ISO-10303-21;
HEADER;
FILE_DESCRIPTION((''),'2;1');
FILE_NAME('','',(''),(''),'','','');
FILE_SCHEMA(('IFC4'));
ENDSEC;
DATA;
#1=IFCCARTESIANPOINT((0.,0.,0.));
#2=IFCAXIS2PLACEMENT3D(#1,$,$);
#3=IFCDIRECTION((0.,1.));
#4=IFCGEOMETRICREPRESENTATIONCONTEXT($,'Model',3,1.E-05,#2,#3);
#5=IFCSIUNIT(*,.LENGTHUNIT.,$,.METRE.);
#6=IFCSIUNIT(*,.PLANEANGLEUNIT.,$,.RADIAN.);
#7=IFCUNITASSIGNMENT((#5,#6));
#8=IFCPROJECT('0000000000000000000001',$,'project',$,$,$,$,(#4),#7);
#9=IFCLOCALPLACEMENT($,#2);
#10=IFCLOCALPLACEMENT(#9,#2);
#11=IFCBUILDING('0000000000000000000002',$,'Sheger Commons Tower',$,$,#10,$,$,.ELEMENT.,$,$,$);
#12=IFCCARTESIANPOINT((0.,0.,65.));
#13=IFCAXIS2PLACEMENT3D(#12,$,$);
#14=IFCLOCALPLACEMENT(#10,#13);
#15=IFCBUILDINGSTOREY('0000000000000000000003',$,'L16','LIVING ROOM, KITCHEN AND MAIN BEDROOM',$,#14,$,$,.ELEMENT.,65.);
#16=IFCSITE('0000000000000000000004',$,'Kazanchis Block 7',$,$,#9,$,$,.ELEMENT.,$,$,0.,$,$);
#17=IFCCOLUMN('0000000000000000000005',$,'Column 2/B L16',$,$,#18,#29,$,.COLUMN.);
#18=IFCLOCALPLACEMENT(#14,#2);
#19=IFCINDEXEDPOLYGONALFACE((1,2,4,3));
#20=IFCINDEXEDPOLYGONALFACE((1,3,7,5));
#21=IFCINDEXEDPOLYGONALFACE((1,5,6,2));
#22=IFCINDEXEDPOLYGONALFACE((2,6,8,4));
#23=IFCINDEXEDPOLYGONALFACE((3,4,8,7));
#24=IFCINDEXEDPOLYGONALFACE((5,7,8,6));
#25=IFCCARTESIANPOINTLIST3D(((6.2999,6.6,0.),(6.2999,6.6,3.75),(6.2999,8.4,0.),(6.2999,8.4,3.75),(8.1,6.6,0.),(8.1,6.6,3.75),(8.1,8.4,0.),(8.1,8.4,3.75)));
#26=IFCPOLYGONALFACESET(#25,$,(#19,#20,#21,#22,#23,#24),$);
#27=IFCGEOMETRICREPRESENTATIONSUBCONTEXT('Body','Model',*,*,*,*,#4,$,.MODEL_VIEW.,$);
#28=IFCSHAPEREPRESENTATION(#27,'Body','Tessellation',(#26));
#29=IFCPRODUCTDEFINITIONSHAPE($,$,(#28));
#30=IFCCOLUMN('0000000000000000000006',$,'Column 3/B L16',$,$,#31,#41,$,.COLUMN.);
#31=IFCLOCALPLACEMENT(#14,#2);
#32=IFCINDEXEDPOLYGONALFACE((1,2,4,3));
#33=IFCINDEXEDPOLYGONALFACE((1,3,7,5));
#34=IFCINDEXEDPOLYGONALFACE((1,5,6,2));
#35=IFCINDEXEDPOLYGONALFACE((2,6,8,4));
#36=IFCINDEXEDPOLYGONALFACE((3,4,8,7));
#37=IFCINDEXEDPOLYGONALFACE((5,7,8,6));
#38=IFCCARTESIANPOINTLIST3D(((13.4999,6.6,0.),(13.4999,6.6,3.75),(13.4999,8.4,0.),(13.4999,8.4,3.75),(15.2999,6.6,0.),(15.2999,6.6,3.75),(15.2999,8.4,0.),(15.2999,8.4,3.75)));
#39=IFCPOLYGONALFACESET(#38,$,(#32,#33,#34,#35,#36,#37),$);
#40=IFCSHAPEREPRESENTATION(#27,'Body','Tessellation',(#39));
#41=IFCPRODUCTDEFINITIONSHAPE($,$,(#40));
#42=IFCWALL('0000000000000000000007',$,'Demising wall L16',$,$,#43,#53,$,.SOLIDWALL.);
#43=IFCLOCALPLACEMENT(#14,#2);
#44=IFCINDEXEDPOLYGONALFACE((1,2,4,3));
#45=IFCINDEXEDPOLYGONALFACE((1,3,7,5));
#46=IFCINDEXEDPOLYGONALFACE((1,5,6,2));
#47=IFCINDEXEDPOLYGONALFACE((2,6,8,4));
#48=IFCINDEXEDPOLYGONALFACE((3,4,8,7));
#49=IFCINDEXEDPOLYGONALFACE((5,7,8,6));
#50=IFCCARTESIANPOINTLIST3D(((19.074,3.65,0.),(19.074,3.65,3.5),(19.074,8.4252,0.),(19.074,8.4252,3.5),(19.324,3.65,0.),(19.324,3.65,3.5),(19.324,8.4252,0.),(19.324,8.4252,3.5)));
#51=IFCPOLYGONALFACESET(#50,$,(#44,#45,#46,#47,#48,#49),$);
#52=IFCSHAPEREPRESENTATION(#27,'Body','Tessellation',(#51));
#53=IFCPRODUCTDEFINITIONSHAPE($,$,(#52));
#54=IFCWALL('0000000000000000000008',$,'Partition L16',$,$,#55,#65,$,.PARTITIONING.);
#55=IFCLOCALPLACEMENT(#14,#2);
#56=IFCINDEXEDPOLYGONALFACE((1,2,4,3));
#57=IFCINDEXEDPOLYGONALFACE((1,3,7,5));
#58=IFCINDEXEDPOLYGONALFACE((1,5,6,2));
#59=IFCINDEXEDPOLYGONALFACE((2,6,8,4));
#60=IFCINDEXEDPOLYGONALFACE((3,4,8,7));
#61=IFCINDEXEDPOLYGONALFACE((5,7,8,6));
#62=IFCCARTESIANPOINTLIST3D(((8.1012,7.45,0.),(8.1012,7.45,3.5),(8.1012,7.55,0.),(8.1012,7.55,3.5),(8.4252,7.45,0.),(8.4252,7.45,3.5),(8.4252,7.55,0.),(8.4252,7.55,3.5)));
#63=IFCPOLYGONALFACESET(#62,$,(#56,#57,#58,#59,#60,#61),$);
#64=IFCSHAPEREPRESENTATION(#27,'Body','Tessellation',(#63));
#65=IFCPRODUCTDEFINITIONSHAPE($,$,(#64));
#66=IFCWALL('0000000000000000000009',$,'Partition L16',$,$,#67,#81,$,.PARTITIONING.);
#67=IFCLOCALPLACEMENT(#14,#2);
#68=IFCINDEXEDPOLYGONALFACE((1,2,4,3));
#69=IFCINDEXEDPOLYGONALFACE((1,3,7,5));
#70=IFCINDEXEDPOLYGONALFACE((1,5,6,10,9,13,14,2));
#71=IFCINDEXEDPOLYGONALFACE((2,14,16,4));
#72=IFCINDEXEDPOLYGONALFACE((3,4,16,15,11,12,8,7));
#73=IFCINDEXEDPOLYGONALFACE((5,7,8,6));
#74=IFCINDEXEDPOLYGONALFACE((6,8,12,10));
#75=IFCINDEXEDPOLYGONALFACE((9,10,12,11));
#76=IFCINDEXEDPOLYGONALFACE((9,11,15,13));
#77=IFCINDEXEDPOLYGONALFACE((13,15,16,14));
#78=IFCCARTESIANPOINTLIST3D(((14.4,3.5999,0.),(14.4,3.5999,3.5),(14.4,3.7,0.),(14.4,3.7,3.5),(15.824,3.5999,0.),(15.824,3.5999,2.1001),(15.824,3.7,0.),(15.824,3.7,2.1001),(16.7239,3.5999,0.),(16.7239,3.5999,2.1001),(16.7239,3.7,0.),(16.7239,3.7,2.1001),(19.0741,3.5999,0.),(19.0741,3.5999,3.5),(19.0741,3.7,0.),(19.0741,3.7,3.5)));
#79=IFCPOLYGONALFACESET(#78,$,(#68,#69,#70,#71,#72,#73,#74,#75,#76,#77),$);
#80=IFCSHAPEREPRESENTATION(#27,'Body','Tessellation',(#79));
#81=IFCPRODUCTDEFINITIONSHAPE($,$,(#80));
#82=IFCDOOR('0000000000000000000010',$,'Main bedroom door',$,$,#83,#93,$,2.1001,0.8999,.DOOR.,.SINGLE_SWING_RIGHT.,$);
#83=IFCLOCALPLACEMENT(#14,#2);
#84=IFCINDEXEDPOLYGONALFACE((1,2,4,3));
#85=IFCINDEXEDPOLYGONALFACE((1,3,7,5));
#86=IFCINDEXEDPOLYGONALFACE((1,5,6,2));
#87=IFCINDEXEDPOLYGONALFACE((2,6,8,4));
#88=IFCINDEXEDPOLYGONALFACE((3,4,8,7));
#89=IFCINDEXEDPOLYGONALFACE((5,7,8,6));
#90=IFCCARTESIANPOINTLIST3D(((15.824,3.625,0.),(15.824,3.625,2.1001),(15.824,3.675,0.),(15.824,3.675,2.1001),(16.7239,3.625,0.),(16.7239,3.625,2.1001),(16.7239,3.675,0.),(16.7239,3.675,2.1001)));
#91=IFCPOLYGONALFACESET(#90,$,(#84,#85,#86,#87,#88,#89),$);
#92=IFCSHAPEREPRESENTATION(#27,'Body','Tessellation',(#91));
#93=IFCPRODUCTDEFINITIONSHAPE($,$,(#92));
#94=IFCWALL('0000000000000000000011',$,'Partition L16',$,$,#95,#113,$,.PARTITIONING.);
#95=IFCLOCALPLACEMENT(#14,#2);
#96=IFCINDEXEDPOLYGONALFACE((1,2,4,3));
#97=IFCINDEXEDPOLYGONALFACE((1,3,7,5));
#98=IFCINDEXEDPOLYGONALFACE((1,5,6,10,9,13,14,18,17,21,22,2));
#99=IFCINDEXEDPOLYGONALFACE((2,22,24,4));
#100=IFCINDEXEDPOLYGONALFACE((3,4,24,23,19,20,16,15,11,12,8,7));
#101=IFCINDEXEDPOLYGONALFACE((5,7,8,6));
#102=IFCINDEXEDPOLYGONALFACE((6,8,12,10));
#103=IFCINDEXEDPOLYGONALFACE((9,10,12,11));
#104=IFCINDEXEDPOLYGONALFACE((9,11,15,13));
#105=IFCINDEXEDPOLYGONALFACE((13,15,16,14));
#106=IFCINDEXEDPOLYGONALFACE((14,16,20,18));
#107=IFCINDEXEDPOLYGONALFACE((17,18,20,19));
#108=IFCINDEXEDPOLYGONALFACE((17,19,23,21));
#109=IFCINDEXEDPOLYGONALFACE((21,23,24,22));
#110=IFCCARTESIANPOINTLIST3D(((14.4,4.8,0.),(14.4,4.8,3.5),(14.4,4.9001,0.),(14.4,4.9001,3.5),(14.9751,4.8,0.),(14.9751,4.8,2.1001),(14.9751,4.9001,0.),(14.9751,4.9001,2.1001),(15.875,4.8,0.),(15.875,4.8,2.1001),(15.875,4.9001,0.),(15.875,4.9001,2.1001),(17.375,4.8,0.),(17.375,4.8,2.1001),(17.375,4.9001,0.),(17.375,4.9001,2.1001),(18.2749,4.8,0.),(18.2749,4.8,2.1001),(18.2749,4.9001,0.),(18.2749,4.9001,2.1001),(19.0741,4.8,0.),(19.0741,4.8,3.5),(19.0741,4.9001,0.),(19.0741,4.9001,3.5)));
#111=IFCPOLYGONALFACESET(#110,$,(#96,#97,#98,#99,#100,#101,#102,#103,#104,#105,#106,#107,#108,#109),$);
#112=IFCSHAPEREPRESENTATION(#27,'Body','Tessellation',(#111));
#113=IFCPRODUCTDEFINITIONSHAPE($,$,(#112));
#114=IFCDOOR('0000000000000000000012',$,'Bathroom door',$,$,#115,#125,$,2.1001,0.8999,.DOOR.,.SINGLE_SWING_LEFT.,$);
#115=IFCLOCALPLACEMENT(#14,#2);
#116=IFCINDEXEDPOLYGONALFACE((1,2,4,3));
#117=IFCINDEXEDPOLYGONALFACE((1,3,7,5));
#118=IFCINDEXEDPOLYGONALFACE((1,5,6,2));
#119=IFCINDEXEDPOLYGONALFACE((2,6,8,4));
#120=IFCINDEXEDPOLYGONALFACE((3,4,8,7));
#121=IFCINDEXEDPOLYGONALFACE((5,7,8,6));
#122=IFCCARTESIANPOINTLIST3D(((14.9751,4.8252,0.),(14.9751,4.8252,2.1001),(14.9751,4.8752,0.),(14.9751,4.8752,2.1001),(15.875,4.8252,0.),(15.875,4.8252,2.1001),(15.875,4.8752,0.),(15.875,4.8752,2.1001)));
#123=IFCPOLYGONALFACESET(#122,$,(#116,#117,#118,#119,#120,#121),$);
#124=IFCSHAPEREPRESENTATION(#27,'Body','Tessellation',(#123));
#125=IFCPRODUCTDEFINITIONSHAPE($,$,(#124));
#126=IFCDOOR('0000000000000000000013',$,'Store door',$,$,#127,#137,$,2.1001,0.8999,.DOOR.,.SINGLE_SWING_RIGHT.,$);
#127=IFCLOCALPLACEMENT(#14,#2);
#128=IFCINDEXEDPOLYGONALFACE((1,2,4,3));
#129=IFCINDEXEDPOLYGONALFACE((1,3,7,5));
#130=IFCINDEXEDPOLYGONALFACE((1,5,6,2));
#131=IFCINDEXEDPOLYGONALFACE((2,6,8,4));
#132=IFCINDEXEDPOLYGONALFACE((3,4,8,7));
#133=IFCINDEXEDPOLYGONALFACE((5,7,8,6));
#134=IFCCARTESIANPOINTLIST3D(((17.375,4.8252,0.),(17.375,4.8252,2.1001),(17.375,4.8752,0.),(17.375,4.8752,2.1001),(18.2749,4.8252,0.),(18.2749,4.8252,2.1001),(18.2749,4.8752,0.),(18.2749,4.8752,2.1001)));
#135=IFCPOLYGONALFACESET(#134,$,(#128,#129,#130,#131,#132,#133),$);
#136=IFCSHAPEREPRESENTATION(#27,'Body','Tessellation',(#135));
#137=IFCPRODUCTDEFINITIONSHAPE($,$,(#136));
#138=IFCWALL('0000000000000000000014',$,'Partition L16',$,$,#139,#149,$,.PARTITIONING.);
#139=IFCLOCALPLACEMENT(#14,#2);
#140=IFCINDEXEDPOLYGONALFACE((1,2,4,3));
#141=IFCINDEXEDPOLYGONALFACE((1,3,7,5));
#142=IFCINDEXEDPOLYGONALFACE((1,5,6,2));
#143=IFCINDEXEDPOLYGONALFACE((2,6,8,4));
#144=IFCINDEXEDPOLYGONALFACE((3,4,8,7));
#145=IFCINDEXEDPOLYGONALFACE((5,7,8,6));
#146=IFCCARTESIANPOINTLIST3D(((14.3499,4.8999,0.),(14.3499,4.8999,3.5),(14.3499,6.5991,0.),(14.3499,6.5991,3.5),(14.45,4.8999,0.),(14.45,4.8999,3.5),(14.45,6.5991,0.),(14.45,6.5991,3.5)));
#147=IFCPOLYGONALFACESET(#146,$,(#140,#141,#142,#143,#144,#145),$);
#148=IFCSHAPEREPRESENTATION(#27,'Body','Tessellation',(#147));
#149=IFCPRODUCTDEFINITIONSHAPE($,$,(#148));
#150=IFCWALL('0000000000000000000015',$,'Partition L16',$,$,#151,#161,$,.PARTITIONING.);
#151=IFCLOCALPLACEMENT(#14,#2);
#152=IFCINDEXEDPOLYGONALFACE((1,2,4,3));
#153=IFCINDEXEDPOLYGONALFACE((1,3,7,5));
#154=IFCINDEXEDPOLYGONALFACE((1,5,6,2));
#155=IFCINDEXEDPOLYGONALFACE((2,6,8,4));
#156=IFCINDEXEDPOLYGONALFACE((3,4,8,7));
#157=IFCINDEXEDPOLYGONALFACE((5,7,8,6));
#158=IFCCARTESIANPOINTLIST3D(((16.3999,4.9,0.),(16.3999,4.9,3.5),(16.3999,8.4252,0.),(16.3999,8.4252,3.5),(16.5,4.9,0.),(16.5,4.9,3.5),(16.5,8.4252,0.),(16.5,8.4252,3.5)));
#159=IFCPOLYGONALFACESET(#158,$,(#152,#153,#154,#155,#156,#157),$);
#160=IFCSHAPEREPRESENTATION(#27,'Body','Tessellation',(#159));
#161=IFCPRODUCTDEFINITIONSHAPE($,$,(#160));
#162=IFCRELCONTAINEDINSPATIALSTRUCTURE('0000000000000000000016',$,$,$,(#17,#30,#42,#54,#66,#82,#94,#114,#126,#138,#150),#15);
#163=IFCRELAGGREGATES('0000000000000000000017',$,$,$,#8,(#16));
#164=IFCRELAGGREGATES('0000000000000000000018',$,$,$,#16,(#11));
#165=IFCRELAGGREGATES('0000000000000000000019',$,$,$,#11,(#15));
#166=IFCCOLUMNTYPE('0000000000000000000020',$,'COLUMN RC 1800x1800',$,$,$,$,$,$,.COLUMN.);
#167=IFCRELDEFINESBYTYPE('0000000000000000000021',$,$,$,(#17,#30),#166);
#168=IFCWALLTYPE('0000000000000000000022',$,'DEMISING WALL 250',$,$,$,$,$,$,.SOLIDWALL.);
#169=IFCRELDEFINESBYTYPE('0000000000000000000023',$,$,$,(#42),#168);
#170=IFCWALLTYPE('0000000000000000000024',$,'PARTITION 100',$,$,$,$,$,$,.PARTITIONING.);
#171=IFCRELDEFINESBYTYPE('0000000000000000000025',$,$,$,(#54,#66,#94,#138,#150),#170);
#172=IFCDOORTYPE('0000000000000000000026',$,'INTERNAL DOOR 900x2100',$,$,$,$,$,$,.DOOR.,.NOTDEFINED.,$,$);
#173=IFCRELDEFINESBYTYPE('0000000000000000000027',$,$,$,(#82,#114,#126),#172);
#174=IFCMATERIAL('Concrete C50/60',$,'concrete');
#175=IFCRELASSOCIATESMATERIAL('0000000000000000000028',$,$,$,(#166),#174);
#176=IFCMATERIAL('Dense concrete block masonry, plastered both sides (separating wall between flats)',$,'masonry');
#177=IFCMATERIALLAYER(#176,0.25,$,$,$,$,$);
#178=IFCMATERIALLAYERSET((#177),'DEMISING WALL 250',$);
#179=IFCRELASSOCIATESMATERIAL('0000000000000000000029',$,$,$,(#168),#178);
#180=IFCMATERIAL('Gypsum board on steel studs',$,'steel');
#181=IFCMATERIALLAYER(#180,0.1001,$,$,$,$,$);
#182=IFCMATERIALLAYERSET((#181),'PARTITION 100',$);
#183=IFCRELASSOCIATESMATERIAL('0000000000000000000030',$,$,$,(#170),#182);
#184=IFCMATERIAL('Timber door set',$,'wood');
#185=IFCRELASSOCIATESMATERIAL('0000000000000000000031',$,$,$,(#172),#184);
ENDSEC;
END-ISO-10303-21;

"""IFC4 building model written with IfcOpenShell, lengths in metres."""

from ifc_helpers import new_model, si_unit, direction, frame, frame_2d, origin, origin_2d, place, context, subcontext, project, spatial, rectangle, extrude, material, layer, layer_set, material_profile, profile_set, type_object, element, fill, save


model = new_model("IFC4")

# Units and contexts
model_context = context("Model", 3, precision=1e-05, world=origin(), true_north=direction((0.0, 1.0)))
body_context = subcontext(model_context, "Body", "Model", "MODEL_VIEW")
ifc_project = project(units=[si_unit("LENGTHUNIT", "METRE"), si_unit("PLANEANGLEUNIT", "RADIAN")], contexts=[model_context])

# Site, building, storey
site_placement = place(None, origin())
site = spatial("IfcSite", under=ifc_project, at=site_placement, Name="Kazanchis Block 7", CompositionType="ELEMENT", RefElevation=0.0)
building_placement = place(site_placement, origin())
building = spatial("IfcBuilding", under=site, at=building_placement, Name="Sheger Commons Tower", CompositionType="ELEMENT")
storey_placement = place(building_placement, frame((0.0, 0.0, 65.0)))
storey = spatial("IfcBuildingStorey", under=building, at=storey_placement, Name="L16", Description="LIVING ROOM, KITCHEN AND MAIN BEDROOM", CompositionType="ELEMENT", Elevation=65.0)

# Columns
ifc_material_1 = material(Name="Concrete C50/60", Category="concrete")
ifc_material_profile = material_profile(ifc_material_1, rectangle(XDim=1.8, YDim=1.8, at=origin_2d()), Name="RC 1800x1800")
ifc_profile_set = profile_set([ifc_material_profile], Name="Concrete C50/60")
column_type = type_object("IfcColumnType", Name="COLUMN RC 1800x1800", PredefinedType="COLUMN", material=ifc_profile_set)
for number, where, z_axis, x_axis, name in (
    (1, (7.2, 7.5, 0.0), (0.0, 0.0, 1.0), (1.0, 0.0, 0.0), "Column 2/B L16"),
    (2, (14.3999, 7.5, 0.0), (0.0, 0.0, 1.0), (1.0, 0.0, 0.0), "Column 3/B L16"),
):
    element("IfcColumn", number, at=place(storey_placement, frame(where, z_axis=z_axis, x_axis=x_axis)), inside=storey, type_object=column_type, Name=name, PredefinedType="COLUMN", context=body_context, shape_type="SweptSolid", body=[
        extrude(rectangle(XDim=1.8, YDim=1.8, at=origin_2d()), origin(), (0.0, 0.0, 1.0), 3.75),
    ])

# Walls
ifc_material_2 = material(Name="Dense concrete block masonry, plastered both sides (separating wall between flats)", Category="masonry")
ifc_layer_1 = layer(ifc_material_2, 0.25)
ifc_layer_set_1 = layer_set([ifc_layer_1], Name="DEMISING WALL 250")
wall_type_1 = type_object("IfcWallType", Name="DEMISING WALL 250", PredefinedType="SOLIDWALL", material=ifc_layer_set_1)
wall_1_placement = place(storey_placement, frame((19.199, 3.6499, 0.0), z_axis=(0.0, 0.0, 1.0), x_axis=(0.0, 1.0, 0.0)))
element("IfcWall", 3, at=wall_1_placement, inside=storey, type_object=wall_type_1, Name="Demising wall L16", PredefinedType="SOLIDWALL", context=body_context, shape_type="SweptSolid", body=[
    extrude(rectangle(XDim=4.7751, YDim=0.25, at=frame_2d((2.3877, 0.0))), origin(), (0.0, 0.0, 1.0), 3.5),
])
ifc_material_3 = material(Name="Gypsum board on steel studs", Category="steel")
ifc_layer_2 = layer(ifc_material_3, 0.1001)
ifc_layer_set_2 = layer_set([ifc_layer_2], Name="PARTITION 100")
wall_type_2 = type_object("IfcWallType", Name="PARTITION 100", PredefinedType="PARTITIONING", material=ifc_layer_set_2)
wall_2_placement = place(storey_placement, frame((8.1011, 7.5, 0.0), z_axis=(0.0, 0.0, 1.0), x_axis=(1.0, 0.0, 0.0)))
element("IfcWall", 4, at=wall_2_placement, inside=storey, type_object=wall_type_2, Name="Partition L16", PredefinedType="PARTITIONING", context=body_context, shape_type="SweptSolid", body=[
    extrude(rectangle(XDim=0.324, YDim=0.1001, at=frame_2d((0.1621, 0.0))), origin(), (0.0, 0.0, 1.0), 3.5),
])

# Wall, opening, door
wall_3_placement = place(storey_placement, frame((19.074, 3.6499, 0.0), z_axis=(0.0, 0.0, 1.0), x_axis=(-1.0, 0.0, 0.0)))
wall_3 = element("IfcWall", 5, at=wall_3_placement, inside=storey, type_object=wall_type_2, Name="Partition L16", PredefinedType="PARTITIONING", context=body_context, shape_type="SweptSolid", body=[
    extrude(rectangle(XDim=4.6741, YDim=0.1001, at=frame_2d((2.3369, 0.0))), origin(), (0.0, 0.0, 1.0), 3.5),
])
opening_1_placement = place(wall_3_placement, frame((2.3501, 0.0, 0.0)))
opening_1 = element("IfcOpeningElement", 6, at=opening_1_placement, cuts=wall_3, PredefinedType="OPENING", context=body_context, shape_type="SweptSolid", body=[
    extrude(rectangle(XDim=0.8999, YDim=2.1001, at=frame_2d((0.45, 1.05))), frame((0.0, 0.0601, 0.0), z_axis=(0.0, -1.0, 0.0), x_axis=(1.0, 0.0, 0.0)), (0.0, 0.0, 1.0), 0.1201),
])
ifc_material_4 = material(Name="Timber door set", Category="wood")
door_type_1 = type_object("IfcDoorType", Name="INTERNAL DOOR 900x2100", OperationType="NOTDEFINED", PredefinedType="DOOR", material=ifc_material_4)
door_1_placement = place(opening_1_placement, origin())
door_1 = element("IfcDoor", 7, at=door_1_placement, inside=storey, type_object=door_type_1, Name="Main bedroom door", OperationType="SINGLE_SWING_RIGHT", OverallHeight=2.1001, OverallWidth=0.8999, PredefinedType="DOOR", context=body_context, shape_type="SweptSolid", body=[
    extrude(rectangle(XDim=0.8999, YDim=2.1001, at=frame_2d((0.45, 1.05))), frame((0.0, 0.0249, 0.0), z_axis=(0.0, -1.0, 0.0), x_axis=(1.0, 0.0, 0.0)), (0.0, 0.0, 1.0), 0.05),
])
fill(opening_1, door_1)

# Wall, openings, doors
wall_4_placement = place(storey_placement, frame((19.074, 4.8501, 0.0), z_axis=(0.0, 0.0, 1.0), x_axis=(-1.0, 0.0, 0.0)))
wall_4 = element("IfcWall", 8, at=wall_4_placement, inside=storey, type_object=wall_type_2, Name="Partition L16", PredefinedType="PARTITIONING", context=body_context, shape_type="SweptSolid", body=[
    extrude(rectangle(XDim=4.6741, YDim=0.1001, at=frame_2d((2.3369, 0.0))), origin(), (0.0, 0.0, 1.0), 3.5),
])
opening_2_placement = place(wall_4_placement, frame((3.199, 0.0, 0.0)))
opening_2 = element("IfcOpeningElement", 9, at=opening_2_placement, cuts=wall_4, PredefinedType="OPENING", context=body_context, shape_type="SweptSolid", body=[
    extrude(rectangle(XDim=0.8999, YDim=2.1001, at=frame_2d((0.45, 1.05))), frame((0.0, 0.0601, 0.0), z_axis=(0.0, -1.0, 0.0), x_axis=(1.0, 0.0, 0.0)), (0.0, 0.0, 1.0), 0.1201),
])
opening_3_placement = place(wall_4_placement, frame((0.7991, 0.0, 0.0)))
opening_3 = element("IfcOpeningElement", 10, at=opening_3_placement, cuts=wall_4, PredefinedType="OPENING", context=body_context, shape_type="SweptSolid", body=[
    extrude(rectangle(XDim=0.8999, YDim=2.1001, at=frame_2d((0.45, 1.05))), frame((0.0, 0.0601, 0.0), z_axis=(0.0, -1.0, 0.0), x_axis=(1.0, 0.0, 0.0)), (0.0, 0.0, 1.0), 0.1201),
])
door_2_placement = place(opening_2_placement, origin())
door_2 = element("IfcDoor", 11, at=door_2_placement, inside=storey, type_object=door_type_1, Name="Bathroom door", OperationType="SINGLE_SWING_LEFT", OverallHeight=2.1001, OverallWidth=0.8999, PredefinedType="DOOR", context=body_context, shape_type="SweptSolid", body=[
    extrude(rectangle(XDim=0.8999, YDim=2.1001, at=frame_2d((0.45, 1.05))), frame((0.0, 0.0249, 0.0), z_axis=(0.0, -1.0, 0.0), x_axis=(1.0, 0.0, 0.0)), (0.0, 0.0, 1.0), 0.05),
])
fill(opening_2, door_2)
door_3_placement = place(opening_3_placement, origin())
door_3 = element("IfcDoor", 12, at=door_3_placement, inside=storey, type_object=door_type_1, Name="Store door", OperationType="SINGLE_SWING_RIGHT", OverallHeight=2.1001, OverallWidth=0.8999, PredefinedType="DOOR", context=body_context, shape_type="SweptSolid", body=[
    extrude(rectangle(XDim=0.8999, YDim=2.1001, at=frame_2d((0.45, 1.05))), frame((0.0, 0.0249, 0.0), z_axis=(0.0, -1.0, 0.0), x_axis=(1.0, 0.0, 0.0)), (0.0, 0.0, 1.0), 0.05),
])
fill(opening_3, door_3)

# Walls
wall_5_placement = place(storey_placement, frame((14.3999, 4.8999, 0.0), z_axis=(0.0, 0.0, 1.0), x_axis=(0.0, 1.0, 0.0)))
element("IfcWall", 13, at=wall_5_placement, inside=storey, type_object=wall_type_2, Name="Partition L16", PredefinedType="PARTITIONING", context=body_context, shape_type="SweptSolid", body=[
    extrude(rectangle(XDim=1.6992, YDim=0.1001, at=frame_2d((0.8496, 0.0))), origin(), (0.0, 0.0, 1.0), 3.5),
])
wall_6_placement = place(storey_placement, frame((16.45, 4.8999, 0.0), z_axis=(0.0, 0.0, 1.0), x_axis=(0.0, 1.0, 0.0)))
element("IfcWall", 14, at=wall_6_placement, inside=storey, type_object=wall_type_2, Name="Partition L16", PredefinedType="PARTITIONING", context=body_context, shape_type="SweptSolid", body=[
    extrude(rectangle(XDim=3.5251, YDim=0.1001, at=frame_2d((1.7627, 0.0))), origin(), (0.0, 0.0, 1.0), 3.5),
])

save(model, "model.ifc")
